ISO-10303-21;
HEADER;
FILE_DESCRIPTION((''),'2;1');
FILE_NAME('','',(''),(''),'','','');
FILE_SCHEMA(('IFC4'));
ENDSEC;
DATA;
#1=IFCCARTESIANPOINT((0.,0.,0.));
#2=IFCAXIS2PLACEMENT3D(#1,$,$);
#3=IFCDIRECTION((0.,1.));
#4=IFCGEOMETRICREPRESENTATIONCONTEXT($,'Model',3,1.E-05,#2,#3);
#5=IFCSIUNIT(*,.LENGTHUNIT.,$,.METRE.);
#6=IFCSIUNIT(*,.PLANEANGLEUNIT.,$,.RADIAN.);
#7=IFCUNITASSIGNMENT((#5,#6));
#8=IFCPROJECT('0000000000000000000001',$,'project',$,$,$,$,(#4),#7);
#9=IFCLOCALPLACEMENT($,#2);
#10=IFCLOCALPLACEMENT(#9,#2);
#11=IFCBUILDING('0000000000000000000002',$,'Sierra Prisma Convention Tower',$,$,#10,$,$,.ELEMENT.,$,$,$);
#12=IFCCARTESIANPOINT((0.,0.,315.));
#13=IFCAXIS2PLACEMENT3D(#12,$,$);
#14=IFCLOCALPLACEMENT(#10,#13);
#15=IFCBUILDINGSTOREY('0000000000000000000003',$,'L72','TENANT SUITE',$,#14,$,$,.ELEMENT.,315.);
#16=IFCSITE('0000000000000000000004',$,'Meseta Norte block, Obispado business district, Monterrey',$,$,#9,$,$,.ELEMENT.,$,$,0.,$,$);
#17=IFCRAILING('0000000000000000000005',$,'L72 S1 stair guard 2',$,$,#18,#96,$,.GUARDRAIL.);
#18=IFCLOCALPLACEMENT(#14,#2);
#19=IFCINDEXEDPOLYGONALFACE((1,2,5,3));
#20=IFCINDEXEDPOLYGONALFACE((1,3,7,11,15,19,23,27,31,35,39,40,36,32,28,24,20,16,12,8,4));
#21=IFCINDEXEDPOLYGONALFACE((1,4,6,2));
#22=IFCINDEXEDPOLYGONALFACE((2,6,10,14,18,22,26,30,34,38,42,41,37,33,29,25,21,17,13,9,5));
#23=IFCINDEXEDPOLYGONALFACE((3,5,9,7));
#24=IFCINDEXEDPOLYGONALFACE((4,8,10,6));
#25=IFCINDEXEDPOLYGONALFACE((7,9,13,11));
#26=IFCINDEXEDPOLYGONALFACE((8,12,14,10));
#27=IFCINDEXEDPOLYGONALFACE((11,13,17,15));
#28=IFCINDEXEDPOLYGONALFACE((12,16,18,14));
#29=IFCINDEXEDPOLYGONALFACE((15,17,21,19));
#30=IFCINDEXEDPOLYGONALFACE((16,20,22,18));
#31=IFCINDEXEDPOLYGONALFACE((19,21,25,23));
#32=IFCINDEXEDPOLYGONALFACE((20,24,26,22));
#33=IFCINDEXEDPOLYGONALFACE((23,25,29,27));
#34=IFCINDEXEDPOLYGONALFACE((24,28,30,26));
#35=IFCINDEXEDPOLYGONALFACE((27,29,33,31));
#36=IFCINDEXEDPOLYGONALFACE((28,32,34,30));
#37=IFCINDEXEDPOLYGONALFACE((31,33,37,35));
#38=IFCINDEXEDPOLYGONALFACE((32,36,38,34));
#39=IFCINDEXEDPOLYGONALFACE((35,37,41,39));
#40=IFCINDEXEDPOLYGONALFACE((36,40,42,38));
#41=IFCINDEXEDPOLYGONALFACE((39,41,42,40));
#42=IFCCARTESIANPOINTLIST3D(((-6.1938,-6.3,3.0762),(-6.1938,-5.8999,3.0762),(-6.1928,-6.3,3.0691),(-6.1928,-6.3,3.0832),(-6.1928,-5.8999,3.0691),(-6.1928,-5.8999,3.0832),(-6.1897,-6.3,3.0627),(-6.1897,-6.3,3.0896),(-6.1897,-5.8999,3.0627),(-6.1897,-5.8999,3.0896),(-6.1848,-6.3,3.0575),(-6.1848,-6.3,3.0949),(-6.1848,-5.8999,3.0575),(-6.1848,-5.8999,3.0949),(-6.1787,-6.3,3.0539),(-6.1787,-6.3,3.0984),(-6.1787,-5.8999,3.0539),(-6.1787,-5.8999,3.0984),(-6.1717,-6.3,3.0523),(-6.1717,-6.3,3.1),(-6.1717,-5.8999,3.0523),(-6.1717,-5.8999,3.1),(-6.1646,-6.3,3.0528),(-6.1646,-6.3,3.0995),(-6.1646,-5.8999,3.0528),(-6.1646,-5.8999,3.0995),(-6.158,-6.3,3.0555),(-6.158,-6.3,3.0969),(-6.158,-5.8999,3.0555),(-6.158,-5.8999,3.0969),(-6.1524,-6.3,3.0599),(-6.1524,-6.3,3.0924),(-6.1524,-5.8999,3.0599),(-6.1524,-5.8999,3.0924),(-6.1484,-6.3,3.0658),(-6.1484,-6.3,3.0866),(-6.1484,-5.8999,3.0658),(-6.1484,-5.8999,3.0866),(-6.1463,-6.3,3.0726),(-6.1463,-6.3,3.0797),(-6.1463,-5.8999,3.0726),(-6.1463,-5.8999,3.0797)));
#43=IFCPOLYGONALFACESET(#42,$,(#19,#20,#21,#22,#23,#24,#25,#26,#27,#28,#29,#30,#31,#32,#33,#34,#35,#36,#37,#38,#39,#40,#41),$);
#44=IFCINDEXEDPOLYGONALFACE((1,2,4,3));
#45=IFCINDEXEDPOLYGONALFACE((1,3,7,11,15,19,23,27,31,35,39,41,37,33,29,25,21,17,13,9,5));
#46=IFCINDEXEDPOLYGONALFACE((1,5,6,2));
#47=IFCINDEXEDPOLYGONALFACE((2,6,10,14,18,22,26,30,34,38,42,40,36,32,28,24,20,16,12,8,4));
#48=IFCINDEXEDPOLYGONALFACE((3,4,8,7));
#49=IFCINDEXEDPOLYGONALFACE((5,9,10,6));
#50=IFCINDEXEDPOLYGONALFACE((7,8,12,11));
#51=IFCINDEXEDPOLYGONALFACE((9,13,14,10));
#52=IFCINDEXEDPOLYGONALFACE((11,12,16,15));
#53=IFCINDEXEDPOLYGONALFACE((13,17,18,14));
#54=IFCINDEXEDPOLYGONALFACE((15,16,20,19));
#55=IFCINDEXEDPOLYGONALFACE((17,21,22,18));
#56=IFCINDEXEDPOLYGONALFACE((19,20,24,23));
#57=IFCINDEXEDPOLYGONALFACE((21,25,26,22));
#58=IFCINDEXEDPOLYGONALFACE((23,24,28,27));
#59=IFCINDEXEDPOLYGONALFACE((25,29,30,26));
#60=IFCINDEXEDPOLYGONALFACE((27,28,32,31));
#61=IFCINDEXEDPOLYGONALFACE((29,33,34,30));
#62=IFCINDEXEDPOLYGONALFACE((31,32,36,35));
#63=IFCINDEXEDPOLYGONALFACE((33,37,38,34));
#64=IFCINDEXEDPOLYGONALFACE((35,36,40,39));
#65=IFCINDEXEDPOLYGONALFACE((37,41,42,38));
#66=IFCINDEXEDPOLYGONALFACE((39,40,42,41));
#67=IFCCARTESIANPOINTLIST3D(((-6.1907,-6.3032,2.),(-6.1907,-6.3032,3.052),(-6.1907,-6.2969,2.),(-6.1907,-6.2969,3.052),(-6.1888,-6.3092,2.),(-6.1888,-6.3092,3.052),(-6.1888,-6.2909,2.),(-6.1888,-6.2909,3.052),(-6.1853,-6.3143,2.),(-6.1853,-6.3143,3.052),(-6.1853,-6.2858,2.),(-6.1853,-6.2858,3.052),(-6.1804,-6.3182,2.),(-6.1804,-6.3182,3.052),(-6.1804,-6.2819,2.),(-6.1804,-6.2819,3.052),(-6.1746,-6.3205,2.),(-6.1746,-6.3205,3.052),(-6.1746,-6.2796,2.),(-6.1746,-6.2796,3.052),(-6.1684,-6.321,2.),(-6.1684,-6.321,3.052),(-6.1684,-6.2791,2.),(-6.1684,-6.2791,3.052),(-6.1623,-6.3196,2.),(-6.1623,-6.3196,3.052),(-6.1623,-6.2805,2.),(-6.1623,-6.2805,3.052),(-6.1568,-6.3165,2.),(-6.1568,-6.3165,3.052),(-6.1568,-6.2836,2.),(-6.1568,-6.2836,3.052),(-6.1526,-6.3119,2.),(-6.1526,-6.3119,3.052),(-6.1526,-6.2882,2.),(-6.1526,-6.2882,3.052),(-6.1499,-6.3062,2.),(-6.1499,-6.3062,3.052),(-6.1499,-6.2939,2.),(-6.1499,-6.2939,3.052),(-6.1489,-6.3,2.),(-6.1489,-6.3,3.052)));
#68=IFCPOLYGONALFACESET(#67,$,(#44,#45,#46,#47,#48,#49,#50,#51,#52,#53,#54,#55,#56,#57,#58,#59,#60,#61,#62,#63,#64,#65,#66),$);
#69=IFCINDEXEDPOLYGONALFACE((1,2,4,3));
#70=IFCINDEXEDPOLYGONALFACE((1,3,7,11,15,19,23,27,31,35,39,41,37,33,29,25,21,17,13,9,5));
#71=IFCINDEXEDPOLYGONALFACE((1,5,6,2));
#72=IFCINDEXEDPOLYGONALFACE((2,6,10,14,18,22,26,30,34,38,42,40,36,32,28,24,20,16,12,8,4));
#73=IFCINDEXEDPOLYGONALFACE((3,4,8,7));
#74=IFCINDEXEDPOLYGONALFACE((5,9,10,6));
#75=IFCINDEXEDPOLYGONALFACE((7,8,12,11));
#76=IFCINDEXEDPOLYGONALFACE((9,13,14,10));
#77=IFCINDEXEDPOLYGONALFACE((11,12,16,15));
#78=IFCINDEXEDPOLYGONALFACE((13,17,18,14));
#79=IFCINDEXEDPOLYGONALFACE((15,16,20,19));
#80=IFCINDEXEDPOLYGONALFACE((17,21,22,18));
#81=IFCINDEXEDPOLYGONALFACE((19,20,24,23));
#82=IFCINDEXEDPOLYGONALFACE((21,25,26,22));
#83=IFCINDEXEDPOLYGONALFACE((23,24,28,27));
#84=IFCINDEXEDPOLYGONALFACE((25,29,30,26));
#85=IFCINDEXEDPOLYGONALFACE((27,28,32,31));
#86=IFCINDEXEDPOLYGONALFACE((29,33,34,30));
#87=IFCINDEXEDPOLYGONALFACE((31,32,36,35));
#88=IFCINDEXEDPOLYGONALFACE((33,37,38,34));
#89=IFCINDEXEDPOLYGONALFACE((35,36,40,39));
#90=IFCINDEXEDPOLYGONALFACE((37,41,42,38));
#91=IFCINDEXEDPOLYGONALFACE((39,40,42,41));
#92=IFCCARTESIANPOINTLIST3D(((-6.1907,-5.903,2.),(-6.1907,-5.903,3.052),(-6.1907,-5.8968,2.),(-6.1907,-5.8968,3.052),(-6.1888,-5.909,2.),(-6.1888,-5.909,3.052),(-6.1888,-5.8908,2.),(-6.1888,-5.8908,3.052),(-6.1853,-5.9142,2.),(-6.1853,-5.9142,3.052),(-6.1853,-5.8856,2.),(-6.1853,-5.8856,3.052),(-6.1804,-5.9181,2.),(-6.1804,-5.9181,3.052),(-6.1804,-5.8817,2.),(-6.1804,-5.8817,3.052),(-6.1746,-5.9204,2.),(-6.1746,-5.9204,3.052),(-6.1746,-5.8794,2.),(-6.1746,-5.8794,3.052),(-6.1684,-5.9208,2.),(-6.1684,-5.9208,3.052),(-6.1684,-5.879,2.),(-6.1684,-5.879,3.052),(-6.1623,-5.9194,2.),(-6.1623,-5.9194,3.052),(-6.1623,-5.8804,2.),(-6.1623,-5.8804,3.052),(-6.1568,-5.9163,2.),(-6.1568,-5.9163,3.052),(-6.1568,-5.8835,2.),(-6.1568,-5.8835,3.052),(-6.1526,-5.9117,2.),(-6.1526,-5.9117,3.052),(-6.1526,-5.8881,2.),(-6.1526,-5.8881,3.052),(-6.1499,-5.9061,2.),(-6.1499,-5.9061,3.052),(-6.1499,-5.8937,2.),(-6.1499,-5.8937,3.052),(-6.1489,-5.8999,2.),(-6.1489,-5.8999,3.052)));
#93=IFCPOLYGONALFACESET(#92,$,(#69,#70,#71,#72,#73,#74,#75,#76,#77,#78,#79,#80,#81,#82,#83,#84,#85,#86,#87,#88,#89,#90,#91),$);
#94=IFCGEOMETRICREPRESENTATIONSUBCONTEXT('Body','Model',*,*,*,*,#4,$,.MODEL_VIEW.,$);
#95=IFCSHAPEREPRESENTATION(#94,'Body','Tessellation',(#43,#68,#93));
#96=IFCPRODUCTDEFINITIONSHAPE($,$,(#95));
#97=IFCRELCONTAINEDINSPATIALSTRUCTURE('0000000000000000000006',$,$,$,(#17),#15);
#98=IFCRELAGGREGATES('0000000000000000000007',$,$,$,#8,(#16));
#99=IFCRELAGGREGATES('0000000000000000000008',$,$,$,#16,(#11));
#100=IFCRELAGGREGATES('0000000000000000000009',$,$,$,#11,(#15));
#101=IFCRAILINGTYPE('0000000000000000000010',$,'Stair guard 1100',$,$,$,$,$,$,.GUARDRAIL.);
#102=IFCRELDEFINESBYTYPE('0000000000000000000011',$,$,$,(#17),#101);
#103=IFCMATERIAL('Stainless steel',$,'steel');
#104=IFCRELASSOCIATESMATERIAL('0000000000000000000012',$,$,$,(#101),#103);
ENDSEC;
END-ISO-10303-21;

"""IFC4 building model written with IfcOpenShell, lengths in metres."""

from ifc_helpers import new_model, si_unit, direction, frame, origin, origin_2d, place, context, subcontext, project, spatial, circle, extrude, material, type_object, element, save


model = new_model("IFC4")

# Units and contexts
model_context = context("Model", 3, precision=1e-05, world=origin(), true_north=direction((0.0, 1.0)))
body_context = subcontext(model_context, "Body", "Model", "MODEL_VIEW")
ifc_project = project(units=[si_unit("LENGTHUNIT", "METRE"), si_unit("PLANEANGLEUNIT", "RADIAN")], contexts=[model_context])

# Site, building, storey
site_placement = place(None, origin())
site = spatial("IfcSite", under=ifc_project, at=site_placement, Name="Meseta Norte block, Obispado business district, Monterrey", CompositionType="ELEMENT", RefElevation=0.0)
building_placement = place(site_placement, origin())
building = spatial("IfcBuilding", under=site, at=building_placement, Name="Sierra Prisma Convention Tower", CompositionType="ELEMENT")
storey_placement = place(building_placement, frame((0.0, 0.0, 315.0)))
storey = spatial("IfcBuildingStorey", under=building, at=storey_placement, Name="L72", Description="TENANT SUITE", CompositionType="ELEMENT", Elevation=315.0)

# Railing
ifc_material_1 = material(Name="Stainless steel", Category="steel")
railing_type_1 = type_object("IfcRailingType", Name="Stair guard 1100", PredefinedType="GUARDRAIL", material=ifc_material_1)
railing_1_placement = place(storey_placement, frame((-6.1699, -6.3, 2.0)))
element("IfcRailing", 1, at=railing_1_placement, inside=storey, type_object=railing_type_1, Name="L72 S1 stair guard 2", PredefinedType="GUARDRAIL", context=body_context, shape_type="SweptSolid", body=[
    extrude(circle(Radius=0.0239, at=origin_2d()), frame((0.0, 0.0, 1.0762), z_axis=(0.0, 1.0, 0.0), x_axis=(-1.0, 0.0, 0.0)), (0.0, 0.0, 1.0), 0.4001),
    extrude(circle(Radius=0.021, at=origin_2d()), origin(), (0.0, 0.0, 1.0), 1.052),
    extrude(circle(Radius=0.021, at=origin_2d()), frame((0.0, 0.4001, 0.0)), (0.0, 0.0, 1.0), 1.052),
])

save(model, "model.ifc")
